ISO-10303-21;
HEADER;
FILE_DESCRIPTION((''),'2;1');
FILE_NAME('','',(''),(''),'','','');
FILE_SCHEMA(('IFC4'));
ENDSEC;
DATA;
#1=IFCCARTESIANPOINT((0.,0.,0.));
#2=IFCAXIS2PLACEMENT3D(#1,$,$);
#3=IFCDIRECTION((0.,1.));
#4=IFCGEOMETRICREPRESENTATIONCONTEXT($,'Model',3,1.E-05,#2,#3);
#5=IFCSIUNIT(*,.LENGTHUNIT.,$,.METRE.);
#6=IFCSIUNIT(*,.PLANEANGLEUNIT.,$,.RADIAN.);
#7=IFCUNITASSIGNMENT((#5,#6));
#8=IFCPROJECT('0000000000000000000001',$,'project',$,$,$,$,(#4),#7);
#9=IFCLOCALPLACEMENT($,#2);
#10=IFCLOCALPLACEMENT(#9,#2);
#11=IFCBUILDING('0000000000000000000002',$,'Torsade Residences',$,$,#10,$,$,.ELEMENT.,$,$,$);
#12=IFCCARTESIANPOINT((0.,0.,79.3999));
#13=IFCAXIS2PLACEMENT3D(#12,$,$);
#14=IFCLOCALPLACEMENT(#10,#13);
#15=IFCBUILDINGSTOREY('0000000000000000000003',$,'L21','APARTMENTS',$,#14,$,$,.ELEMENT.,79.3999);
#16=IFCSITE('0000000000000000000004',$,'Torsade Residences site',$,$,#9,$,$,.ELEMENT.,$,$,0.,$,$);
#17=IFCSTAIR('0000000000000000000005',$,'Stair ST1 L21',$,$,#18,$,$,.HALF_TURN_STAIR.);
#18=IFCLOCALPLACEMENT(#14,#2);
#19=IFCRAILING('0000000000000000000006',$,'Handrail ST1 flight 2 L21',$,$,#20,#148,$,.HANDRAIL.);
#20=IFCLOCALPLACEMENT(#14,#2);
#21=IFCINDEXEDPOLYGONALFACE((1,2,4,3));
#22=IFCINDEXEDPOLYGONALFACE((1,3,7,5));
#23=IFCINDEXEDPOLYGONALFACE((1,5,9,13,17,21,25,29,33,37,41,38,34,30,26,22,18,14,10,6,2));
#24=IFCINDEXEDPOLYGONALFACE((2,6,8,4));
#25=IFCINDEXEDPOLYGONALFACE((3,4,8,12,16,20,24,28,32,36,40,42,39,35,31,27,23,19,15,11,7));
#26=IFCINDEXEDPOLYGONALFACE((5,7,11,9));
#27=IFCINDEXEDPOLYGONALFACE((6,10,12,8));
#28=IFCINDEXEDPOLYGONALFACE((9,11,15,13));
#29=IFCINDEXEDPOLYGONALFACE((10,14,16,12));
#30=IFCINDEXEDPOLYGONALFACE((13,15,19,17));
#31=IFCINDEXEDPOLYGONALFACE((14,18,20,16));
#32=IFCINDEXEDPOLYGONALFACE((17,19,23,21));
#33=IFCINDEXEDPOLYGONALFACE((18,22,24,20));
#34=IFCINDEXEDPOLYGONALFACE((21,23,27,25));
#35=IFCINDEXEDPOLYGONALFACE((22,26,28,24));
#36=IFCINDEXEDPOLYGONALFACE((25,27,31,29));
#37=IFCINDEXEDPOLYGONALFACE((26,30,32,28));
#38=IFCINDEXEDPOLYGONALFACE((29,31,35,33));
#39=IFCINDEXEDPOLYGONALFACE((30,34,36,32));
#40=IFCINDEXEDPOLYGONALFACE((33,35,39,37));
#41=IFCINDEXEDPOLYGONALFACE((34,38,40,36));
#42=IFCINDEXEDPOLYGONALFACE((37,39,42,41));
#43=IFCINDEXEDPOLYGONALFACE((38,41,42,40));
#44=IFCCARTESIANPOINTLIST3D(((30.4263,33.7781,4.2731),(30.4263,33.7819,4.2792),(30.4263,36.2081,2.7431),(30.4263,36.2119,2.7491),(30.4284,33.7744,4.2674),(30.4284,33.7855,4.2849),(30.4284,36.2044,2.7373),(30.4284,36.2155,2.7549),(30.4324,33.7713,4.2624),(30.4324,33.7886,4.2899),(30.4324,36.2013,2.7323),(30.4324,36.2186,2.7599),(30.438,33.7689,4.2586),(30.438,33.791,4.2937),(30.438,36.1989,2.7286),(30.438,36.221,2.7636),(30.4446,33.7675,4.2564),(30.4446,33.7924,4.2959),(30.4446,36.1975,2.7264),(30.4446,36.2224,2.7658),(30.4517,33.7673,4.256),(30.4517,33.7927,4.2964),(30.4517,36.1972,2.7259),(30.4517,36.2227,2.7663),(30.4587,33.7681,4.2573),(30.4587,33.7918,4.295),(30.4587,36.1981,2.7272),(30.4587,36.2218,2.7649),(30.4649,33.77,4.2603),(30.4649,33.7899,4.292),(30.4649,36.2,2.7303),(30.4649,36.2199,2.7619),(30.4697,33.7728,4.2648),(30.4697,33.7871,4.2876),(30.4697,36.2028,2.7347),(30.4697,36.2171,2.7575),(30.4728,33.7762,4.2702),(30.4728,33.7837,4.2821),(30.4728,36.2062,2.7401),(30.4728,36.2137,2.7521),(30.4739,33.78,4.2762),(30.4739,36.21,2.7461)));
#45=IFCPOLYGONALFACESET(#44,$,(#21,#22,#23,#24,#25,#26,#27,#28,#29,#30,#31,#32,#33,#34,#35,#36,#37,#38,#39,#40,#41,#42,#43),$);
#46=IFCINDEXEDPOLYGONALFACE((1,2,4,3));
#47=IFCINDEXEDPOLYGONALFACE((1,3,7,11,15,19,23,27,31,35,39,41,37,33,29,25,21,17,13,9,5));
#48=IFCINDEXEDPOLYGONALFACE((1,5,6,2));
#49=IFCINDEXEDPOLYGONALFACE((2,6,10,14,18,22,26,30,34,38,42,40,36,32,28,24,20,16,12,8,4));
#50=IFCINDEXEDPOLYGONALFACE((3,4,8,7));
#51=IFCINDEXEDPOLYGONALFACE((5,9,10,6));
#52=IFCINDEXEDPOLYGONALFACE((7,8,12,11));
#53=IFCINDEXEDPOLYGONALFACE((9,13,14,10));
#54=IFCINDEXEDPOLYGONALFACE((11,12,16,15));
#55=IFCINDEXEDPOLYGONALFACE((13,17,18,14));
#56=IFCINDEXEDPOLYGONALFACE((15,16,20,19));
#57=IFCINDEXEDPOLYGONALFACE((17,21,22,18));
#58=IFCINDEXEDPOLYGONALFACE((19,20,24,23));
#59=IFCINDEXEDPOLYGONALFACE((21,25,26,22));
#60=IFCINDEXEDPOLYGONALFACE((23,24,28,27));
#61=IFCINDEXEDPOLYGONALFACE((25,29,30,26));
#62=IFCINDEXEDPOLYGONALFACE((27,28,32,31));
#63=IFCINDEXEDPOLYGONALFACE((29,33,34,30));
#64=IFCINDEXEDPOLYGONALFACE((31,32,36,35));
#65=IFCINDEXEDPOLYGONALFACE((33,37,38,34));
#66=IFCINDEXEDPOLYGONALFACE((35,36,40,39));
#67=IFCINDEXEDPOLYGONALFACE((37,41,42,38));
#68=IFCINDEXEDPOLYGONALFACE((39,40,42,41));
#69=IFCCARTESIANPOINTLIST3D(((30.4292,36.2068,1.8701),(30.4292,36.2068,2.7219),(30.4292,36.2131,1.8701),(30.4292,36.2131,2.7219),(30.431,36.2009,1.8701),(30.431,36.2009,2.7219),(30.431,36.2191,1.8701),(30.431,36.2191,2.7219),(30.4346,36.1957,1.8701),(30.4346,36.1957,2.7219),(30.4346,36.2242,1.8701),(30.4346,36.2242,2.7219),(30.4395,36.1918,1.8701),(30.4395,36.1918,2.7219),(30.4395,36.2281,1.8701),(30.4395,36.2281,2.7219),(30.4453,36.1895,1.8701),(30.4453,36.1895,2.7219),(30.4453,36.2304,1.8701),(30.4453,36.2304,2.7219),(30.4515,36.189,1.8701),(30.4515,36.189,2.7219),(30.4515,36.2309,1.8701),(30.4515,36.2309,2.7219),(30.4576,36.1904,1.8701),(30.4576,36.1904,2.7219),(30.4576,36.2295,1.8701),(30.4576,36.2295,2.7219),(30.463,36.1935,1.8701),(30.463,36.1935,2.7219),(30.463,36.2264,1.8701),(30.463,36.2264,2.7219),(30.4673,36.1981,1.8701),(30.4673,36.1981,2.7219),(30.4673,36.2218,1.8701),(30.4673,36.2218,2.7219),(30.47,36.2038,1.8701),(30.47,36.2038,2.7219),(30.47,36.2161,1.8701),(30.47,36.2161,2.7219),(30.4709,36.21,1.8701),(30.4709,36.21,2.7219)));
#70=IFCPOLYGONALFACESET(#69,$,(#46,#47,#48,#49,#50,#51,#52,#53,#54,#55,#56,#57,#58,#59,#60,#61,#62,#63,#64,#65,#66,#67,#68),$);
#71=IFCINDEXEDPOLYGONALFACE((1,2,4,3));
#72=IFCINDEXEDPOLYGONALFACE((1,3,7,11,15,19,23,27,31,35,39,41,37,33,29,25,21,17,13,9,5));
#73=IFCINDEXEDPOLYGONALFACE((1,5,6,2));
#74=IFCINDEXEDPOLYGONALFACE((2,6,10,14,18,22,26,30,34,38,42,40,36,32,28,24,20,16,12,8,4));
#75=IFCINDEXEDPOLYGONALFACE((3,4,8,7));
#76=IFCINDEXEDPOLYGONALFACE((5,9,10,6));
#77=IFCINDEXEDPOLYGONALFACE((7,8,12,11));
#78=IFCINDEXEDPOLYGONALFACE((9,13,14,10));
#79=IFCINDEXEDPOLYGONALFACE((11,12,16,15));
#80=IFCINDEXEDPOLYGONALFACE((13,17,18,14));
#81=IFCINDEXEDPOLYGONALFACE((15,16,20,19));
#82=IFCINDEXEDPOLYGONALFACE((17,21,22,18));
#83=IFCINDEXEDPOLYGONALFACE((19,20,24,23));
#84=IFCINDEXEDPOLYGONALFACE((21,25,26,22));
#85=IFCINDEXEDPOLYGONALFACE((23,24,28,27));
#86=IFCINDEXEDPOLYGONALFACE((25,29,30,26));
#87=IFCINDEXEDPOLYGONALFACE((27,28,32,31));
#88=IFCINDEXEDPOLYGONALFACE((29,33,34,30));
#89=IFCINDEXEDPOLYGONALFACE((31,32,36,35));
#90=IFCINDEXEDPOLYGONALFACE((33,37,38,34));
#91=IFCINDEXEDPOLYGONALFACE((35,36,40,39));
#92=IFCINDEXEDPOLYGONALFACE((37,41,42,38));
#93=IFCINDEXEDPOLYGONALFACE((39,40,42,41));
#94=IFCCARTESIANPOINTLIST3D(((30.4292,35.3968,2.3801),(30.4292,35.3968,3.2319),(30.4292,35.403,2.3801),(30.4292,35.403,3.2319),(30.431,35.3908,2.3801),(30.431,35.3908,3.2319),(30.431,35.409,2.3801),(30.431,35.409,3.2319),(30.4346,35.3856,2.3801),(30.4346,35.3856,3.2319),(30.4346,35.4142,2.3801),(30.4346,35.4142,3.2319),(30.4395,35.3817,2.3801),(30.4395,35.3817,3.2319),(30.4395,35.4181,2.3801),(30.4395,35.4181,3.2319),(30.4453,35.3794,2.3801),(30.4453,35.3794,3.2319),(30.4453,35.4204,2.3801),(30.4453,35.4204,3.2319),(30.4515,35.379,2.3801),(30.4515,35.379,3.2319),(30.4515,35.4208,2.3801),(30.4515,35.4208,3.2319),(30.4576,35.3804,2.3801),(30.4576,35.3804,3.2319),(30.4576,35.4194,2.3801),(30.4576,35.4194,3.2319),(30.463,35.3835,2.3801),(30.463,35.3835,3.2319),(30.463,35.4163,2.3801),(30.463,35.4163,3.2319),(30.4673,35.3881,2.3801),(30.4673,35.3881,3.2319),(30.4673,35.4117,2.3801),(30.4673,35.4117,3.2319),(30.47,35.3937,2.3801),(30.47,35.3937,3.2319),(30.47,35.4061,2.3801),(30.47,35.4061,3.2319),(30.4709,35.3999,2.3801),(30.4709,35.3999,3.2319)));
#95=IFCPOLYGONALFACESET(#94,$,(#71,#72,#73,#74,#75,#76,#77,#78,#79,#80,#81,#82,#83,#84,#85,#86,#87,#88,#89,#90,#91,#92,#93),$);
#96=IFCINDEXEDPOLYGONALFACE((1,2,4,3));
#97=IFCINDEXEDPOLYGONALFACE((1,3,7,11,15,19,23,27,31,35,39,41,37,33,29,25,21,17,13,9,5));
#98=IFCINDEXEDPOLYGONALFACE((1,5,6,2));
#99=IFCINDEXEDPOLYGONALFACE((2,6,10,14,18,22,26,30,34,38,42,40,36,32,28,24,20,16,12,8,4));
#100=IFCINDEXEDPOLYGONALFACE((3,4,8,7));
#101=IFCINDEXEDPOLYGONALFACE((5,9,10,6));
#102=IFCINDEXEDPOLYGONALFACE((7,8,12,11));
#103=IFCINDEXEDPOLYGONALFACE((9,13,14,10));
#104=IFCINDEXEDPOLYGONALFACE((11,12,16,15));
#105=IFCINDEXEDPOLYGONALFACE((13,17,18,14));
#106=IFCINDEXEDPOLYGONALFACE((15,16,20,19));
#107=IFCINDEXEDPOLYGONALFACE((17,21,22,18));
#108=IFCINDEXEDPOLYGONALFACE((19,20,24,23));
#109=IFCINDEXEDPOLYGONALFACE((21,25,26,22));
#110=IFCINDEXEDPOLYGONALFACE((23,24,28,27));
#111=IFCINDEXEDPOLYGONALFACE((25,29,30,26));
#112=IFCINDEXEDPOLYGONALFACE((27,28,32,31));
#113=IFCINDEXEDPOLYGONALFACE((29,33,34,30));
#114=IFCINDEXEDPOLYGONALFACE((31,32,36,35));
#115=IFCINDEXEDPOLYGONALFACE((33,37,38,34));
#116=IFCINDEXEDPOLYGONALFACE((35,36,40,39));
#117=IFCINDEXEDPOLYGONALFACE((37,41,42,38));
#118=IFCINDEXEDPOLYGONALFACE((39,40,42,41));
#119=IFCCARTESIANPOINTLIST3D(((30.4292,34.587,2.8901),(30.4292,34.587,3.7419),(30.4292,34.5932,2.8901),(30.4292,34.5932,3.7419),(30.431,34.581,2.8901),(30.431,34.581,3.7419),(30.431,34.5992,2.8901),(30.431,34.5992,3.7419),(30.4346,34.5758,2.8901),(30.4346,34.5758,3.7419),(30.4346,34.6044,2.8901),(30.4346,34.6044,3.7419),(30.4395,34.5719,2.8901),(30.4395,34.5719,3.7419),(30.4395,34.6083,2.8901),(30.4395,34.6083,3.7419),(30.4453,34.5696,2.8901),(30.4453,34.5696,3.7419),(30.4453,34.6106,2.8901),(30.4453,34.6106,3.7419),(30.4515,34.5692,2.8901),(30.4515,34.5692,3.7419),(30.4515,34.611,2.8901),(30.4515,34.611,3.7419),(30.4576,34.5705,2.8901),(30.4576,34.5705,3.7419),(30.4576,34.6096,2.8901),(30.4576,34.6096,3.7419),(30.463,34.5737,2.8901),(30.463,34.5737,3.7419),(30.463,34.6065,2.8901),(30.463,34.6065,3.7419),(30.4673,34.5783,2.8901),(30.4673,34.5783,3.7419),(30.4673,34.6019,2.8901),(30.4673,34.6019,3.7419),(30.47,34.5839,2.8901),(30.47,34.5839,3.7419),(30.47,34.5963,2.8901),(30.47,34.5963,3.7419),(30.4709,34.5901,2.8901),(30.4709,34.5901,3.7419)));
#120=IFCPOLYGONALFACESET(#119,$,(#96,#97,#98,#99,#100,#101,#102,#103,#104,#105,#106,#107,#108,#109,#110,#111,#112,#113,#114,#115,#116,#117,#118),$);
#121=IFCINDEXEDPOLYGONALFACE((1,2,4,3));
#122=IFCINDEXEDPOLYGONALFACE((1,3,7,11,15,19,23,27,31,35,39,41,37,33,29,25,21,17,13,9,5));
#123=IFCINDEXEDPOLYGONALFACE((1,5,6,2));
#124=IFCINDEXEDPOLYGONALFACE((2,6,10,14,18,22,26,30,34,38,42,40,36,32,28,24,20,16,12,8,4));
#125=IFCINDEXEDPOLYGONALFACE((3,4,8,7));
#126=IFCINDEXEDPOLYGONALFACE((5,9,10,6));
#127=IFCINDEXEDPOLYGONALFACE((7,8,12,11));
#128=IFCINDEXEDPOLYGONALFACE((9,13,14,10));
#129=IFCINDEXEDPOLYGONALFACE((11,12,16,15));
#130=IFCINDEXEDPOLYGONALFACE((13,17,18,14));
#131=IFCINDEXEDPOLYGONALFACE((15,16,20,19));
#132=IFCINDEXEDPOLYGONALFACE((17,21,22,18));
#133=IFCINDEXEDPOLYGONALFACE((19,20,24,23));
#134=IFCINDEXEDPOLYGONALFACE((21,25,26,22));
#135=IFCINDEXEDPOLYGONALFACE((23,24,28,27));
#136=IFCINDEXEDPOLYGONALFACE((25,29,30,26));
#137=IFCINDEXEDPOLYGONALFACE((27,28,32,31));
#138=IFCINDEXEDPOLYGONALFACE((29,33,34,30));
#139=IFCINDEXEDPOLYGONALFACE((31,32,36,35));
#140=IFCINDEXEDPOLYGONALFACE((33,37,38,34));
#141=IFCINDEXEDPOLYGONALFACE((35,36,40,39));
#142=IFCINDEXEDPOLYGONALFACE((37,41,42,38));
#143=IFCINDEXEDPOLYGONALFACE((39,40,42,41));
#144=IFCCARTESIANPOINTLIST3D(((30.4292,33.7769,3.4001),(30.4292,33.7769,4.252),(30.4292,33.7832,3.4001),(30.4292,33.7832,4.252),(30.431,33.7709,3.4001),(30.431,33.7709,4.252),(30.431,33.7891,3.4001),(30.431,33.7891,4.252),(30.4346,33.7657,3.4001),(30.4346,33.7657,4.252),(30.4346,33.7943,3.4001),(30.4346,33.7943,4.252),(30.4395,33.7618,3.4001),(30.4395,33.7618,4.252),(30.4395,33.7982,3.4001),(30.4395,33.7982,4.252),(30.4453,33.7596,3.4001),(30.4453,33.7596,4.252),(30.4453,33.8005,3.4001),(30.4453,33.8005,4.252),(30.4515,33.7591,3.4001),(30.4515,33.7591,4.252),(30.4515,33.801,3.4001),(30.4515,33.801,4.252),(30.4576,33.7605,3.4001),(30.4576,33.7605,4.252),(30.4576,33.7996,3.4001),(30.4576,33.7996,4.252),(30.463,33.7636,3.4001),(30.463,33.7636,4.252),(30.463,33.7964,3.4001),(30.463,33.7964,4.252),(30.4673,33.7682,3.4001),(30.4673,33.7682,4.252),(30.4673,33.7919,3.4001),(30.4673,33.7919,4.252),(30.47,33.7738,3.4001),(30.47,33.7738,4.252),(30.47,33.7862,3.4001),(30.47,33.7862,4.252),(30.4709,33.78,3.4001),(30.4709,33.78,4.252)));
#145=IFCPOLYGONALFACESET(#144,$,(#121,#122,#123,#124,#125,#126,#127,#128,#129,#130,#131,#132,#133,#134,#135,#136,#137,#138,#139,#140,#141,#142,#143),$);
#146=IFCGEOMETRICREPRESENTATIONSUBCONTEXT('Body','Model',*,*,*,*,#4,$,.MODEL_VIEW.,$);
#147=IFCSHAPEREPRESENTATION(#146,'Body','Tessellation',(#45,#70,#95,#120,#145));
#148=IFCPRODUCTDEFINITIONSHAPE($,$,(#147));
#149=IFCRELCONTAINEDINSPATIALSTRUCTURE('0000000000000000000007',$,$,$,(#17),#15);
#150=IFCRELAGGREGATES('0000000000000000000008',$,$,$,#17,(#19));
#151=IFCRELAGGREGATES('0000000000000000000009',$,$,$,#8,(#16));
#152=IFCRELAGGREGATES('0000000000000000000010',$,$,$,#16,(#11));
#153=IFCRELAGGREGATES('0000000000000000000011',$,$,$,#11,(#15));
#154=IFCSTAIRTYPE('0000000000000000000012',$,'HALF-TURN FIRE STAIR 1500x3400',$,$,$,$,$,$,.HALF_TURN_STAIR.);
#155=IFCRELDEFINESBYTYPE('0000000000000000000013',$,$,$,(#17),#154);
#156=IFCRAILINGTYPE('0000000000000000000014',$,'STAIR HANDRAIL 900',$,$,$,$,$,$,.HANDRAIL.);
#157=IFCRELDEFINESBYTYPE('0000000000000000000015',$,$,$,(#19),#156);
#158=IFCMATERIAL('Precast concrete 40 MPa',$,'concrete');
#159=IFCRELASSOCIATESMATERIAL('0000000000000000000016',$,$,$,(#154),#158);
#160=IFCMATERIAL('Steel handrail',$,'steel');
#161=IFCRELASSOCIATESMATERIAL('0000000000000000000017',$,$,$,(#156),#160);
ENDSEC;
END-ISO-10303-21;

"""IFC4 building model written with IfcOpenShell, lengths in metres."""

from ifc_helpers import new_model, si_unit, direction, frame, origin, origin_2d, place, context, subcontext, project, spatial, circle, extrude, material, type_object, element, aggregate, save


model = new_model("IFC4")

# Units and contexts
model_context = context("Model", 3, precision=1e-05, world=origin(), true_north=direction((0.0, 1.0)))
body_context = subcontext(model_context, "Body", "Model", "MODEL_VIEW")
ifc_project = project(units=[si_unit("LENGTHUNIT", "METRE"), si_unit("PLANEANGLEUNIT", "RADIAN")], contexts=[model_context])

# Site, building, storey
site_placement = place(None, origin())
site = spatial("IfcSite", under=ifc_project, at=site_placement, Name="Torsade Residences site", CompositionType="ELEMENT", RefElevation=0.0)
building_placement = place(site_placement, origin())
building = spatial("IfcBuilding", under=site, at=building_placement, Name="Torsade Residences", CompositionType="ELEMENT")
storey_placement = place(building_placement, frame((0.0, 0.0, 79.3999)))
storey = spatial("IfcBuildingStorey", under=building, at=storey_placement, Name="L21", Description="APARTMENTS", CompositionType="ELEMENT", Elevation=79.3999)

# Stair, railing
ifc_material_1 = material(Name="Precast concrete 40 MPa", Category="concrete")
stair_type = type_object("IfcStairType", Name="HALF-TURN FIRE STAIR 1500x3400", PredefinedType="HALF_TURN_STAIR", material=ifc_material_1)
stair_placement = place(storey_placement, origin())
stair = element("IfcStair", 1, at=stair_placement, inside=storey, type_object=stair_type, Name="Stair ST1 L21", PredefinedType="HALF_TURN_STAIR")
ifc_material_2 = material(Name="Steel handrail", Category="steel")
railing_type = type_object("IfcRailingType", Name="STAIR HANDRAIL 900", PredefinedType="HANDRAIL", material=ifc_material_2)
railing_1_placement = place(storey_placement, frame((30.45, 36.21, 1.8701)))
railing_1 = element("IfcRailing", 2, at=railing_1_placement, type_object=railing_type, Name="Handrail ST1 flight 2 L21", PredefinedType="HANDRAIL", context=body_context, shape_type="SweptSolid", body=[
    extrude(circle(Radius=0.0239, at=origin_2d()), frame((0.0, 0.0, 0.876), z_axis=(0.0, -0.846221, 0.532831), x_axis=(1.0, 0.0, 0.0)), (0.0, 0.0, 1.0), 2.8716),
    extrude(circle(Radius=0.021, at=origin_2d()), origin(), (0.0, 0.0, 1.0), 0.8518),
    extrude(circle(Radius=0.021, at=origin_2d()), frame((0.0, -0.8101, 0.51)), (0.0, 0.0, 1.0), 0.8518),
    extrude(circle(Radius=0.021, at=origin_2d()), frame((0.0, -1.6199, 1.02)), (0.0, 0.0, 1.0), 0.8518),
    extrude(circle(Radius=0.021, at=origin_2d()), frame((0.0, -2.4299, 1.53)), (0.0, 0.0, 1.0), 0.8518),
])
aggregate(stair, [railing_1])

save(model, "model.ifc")
